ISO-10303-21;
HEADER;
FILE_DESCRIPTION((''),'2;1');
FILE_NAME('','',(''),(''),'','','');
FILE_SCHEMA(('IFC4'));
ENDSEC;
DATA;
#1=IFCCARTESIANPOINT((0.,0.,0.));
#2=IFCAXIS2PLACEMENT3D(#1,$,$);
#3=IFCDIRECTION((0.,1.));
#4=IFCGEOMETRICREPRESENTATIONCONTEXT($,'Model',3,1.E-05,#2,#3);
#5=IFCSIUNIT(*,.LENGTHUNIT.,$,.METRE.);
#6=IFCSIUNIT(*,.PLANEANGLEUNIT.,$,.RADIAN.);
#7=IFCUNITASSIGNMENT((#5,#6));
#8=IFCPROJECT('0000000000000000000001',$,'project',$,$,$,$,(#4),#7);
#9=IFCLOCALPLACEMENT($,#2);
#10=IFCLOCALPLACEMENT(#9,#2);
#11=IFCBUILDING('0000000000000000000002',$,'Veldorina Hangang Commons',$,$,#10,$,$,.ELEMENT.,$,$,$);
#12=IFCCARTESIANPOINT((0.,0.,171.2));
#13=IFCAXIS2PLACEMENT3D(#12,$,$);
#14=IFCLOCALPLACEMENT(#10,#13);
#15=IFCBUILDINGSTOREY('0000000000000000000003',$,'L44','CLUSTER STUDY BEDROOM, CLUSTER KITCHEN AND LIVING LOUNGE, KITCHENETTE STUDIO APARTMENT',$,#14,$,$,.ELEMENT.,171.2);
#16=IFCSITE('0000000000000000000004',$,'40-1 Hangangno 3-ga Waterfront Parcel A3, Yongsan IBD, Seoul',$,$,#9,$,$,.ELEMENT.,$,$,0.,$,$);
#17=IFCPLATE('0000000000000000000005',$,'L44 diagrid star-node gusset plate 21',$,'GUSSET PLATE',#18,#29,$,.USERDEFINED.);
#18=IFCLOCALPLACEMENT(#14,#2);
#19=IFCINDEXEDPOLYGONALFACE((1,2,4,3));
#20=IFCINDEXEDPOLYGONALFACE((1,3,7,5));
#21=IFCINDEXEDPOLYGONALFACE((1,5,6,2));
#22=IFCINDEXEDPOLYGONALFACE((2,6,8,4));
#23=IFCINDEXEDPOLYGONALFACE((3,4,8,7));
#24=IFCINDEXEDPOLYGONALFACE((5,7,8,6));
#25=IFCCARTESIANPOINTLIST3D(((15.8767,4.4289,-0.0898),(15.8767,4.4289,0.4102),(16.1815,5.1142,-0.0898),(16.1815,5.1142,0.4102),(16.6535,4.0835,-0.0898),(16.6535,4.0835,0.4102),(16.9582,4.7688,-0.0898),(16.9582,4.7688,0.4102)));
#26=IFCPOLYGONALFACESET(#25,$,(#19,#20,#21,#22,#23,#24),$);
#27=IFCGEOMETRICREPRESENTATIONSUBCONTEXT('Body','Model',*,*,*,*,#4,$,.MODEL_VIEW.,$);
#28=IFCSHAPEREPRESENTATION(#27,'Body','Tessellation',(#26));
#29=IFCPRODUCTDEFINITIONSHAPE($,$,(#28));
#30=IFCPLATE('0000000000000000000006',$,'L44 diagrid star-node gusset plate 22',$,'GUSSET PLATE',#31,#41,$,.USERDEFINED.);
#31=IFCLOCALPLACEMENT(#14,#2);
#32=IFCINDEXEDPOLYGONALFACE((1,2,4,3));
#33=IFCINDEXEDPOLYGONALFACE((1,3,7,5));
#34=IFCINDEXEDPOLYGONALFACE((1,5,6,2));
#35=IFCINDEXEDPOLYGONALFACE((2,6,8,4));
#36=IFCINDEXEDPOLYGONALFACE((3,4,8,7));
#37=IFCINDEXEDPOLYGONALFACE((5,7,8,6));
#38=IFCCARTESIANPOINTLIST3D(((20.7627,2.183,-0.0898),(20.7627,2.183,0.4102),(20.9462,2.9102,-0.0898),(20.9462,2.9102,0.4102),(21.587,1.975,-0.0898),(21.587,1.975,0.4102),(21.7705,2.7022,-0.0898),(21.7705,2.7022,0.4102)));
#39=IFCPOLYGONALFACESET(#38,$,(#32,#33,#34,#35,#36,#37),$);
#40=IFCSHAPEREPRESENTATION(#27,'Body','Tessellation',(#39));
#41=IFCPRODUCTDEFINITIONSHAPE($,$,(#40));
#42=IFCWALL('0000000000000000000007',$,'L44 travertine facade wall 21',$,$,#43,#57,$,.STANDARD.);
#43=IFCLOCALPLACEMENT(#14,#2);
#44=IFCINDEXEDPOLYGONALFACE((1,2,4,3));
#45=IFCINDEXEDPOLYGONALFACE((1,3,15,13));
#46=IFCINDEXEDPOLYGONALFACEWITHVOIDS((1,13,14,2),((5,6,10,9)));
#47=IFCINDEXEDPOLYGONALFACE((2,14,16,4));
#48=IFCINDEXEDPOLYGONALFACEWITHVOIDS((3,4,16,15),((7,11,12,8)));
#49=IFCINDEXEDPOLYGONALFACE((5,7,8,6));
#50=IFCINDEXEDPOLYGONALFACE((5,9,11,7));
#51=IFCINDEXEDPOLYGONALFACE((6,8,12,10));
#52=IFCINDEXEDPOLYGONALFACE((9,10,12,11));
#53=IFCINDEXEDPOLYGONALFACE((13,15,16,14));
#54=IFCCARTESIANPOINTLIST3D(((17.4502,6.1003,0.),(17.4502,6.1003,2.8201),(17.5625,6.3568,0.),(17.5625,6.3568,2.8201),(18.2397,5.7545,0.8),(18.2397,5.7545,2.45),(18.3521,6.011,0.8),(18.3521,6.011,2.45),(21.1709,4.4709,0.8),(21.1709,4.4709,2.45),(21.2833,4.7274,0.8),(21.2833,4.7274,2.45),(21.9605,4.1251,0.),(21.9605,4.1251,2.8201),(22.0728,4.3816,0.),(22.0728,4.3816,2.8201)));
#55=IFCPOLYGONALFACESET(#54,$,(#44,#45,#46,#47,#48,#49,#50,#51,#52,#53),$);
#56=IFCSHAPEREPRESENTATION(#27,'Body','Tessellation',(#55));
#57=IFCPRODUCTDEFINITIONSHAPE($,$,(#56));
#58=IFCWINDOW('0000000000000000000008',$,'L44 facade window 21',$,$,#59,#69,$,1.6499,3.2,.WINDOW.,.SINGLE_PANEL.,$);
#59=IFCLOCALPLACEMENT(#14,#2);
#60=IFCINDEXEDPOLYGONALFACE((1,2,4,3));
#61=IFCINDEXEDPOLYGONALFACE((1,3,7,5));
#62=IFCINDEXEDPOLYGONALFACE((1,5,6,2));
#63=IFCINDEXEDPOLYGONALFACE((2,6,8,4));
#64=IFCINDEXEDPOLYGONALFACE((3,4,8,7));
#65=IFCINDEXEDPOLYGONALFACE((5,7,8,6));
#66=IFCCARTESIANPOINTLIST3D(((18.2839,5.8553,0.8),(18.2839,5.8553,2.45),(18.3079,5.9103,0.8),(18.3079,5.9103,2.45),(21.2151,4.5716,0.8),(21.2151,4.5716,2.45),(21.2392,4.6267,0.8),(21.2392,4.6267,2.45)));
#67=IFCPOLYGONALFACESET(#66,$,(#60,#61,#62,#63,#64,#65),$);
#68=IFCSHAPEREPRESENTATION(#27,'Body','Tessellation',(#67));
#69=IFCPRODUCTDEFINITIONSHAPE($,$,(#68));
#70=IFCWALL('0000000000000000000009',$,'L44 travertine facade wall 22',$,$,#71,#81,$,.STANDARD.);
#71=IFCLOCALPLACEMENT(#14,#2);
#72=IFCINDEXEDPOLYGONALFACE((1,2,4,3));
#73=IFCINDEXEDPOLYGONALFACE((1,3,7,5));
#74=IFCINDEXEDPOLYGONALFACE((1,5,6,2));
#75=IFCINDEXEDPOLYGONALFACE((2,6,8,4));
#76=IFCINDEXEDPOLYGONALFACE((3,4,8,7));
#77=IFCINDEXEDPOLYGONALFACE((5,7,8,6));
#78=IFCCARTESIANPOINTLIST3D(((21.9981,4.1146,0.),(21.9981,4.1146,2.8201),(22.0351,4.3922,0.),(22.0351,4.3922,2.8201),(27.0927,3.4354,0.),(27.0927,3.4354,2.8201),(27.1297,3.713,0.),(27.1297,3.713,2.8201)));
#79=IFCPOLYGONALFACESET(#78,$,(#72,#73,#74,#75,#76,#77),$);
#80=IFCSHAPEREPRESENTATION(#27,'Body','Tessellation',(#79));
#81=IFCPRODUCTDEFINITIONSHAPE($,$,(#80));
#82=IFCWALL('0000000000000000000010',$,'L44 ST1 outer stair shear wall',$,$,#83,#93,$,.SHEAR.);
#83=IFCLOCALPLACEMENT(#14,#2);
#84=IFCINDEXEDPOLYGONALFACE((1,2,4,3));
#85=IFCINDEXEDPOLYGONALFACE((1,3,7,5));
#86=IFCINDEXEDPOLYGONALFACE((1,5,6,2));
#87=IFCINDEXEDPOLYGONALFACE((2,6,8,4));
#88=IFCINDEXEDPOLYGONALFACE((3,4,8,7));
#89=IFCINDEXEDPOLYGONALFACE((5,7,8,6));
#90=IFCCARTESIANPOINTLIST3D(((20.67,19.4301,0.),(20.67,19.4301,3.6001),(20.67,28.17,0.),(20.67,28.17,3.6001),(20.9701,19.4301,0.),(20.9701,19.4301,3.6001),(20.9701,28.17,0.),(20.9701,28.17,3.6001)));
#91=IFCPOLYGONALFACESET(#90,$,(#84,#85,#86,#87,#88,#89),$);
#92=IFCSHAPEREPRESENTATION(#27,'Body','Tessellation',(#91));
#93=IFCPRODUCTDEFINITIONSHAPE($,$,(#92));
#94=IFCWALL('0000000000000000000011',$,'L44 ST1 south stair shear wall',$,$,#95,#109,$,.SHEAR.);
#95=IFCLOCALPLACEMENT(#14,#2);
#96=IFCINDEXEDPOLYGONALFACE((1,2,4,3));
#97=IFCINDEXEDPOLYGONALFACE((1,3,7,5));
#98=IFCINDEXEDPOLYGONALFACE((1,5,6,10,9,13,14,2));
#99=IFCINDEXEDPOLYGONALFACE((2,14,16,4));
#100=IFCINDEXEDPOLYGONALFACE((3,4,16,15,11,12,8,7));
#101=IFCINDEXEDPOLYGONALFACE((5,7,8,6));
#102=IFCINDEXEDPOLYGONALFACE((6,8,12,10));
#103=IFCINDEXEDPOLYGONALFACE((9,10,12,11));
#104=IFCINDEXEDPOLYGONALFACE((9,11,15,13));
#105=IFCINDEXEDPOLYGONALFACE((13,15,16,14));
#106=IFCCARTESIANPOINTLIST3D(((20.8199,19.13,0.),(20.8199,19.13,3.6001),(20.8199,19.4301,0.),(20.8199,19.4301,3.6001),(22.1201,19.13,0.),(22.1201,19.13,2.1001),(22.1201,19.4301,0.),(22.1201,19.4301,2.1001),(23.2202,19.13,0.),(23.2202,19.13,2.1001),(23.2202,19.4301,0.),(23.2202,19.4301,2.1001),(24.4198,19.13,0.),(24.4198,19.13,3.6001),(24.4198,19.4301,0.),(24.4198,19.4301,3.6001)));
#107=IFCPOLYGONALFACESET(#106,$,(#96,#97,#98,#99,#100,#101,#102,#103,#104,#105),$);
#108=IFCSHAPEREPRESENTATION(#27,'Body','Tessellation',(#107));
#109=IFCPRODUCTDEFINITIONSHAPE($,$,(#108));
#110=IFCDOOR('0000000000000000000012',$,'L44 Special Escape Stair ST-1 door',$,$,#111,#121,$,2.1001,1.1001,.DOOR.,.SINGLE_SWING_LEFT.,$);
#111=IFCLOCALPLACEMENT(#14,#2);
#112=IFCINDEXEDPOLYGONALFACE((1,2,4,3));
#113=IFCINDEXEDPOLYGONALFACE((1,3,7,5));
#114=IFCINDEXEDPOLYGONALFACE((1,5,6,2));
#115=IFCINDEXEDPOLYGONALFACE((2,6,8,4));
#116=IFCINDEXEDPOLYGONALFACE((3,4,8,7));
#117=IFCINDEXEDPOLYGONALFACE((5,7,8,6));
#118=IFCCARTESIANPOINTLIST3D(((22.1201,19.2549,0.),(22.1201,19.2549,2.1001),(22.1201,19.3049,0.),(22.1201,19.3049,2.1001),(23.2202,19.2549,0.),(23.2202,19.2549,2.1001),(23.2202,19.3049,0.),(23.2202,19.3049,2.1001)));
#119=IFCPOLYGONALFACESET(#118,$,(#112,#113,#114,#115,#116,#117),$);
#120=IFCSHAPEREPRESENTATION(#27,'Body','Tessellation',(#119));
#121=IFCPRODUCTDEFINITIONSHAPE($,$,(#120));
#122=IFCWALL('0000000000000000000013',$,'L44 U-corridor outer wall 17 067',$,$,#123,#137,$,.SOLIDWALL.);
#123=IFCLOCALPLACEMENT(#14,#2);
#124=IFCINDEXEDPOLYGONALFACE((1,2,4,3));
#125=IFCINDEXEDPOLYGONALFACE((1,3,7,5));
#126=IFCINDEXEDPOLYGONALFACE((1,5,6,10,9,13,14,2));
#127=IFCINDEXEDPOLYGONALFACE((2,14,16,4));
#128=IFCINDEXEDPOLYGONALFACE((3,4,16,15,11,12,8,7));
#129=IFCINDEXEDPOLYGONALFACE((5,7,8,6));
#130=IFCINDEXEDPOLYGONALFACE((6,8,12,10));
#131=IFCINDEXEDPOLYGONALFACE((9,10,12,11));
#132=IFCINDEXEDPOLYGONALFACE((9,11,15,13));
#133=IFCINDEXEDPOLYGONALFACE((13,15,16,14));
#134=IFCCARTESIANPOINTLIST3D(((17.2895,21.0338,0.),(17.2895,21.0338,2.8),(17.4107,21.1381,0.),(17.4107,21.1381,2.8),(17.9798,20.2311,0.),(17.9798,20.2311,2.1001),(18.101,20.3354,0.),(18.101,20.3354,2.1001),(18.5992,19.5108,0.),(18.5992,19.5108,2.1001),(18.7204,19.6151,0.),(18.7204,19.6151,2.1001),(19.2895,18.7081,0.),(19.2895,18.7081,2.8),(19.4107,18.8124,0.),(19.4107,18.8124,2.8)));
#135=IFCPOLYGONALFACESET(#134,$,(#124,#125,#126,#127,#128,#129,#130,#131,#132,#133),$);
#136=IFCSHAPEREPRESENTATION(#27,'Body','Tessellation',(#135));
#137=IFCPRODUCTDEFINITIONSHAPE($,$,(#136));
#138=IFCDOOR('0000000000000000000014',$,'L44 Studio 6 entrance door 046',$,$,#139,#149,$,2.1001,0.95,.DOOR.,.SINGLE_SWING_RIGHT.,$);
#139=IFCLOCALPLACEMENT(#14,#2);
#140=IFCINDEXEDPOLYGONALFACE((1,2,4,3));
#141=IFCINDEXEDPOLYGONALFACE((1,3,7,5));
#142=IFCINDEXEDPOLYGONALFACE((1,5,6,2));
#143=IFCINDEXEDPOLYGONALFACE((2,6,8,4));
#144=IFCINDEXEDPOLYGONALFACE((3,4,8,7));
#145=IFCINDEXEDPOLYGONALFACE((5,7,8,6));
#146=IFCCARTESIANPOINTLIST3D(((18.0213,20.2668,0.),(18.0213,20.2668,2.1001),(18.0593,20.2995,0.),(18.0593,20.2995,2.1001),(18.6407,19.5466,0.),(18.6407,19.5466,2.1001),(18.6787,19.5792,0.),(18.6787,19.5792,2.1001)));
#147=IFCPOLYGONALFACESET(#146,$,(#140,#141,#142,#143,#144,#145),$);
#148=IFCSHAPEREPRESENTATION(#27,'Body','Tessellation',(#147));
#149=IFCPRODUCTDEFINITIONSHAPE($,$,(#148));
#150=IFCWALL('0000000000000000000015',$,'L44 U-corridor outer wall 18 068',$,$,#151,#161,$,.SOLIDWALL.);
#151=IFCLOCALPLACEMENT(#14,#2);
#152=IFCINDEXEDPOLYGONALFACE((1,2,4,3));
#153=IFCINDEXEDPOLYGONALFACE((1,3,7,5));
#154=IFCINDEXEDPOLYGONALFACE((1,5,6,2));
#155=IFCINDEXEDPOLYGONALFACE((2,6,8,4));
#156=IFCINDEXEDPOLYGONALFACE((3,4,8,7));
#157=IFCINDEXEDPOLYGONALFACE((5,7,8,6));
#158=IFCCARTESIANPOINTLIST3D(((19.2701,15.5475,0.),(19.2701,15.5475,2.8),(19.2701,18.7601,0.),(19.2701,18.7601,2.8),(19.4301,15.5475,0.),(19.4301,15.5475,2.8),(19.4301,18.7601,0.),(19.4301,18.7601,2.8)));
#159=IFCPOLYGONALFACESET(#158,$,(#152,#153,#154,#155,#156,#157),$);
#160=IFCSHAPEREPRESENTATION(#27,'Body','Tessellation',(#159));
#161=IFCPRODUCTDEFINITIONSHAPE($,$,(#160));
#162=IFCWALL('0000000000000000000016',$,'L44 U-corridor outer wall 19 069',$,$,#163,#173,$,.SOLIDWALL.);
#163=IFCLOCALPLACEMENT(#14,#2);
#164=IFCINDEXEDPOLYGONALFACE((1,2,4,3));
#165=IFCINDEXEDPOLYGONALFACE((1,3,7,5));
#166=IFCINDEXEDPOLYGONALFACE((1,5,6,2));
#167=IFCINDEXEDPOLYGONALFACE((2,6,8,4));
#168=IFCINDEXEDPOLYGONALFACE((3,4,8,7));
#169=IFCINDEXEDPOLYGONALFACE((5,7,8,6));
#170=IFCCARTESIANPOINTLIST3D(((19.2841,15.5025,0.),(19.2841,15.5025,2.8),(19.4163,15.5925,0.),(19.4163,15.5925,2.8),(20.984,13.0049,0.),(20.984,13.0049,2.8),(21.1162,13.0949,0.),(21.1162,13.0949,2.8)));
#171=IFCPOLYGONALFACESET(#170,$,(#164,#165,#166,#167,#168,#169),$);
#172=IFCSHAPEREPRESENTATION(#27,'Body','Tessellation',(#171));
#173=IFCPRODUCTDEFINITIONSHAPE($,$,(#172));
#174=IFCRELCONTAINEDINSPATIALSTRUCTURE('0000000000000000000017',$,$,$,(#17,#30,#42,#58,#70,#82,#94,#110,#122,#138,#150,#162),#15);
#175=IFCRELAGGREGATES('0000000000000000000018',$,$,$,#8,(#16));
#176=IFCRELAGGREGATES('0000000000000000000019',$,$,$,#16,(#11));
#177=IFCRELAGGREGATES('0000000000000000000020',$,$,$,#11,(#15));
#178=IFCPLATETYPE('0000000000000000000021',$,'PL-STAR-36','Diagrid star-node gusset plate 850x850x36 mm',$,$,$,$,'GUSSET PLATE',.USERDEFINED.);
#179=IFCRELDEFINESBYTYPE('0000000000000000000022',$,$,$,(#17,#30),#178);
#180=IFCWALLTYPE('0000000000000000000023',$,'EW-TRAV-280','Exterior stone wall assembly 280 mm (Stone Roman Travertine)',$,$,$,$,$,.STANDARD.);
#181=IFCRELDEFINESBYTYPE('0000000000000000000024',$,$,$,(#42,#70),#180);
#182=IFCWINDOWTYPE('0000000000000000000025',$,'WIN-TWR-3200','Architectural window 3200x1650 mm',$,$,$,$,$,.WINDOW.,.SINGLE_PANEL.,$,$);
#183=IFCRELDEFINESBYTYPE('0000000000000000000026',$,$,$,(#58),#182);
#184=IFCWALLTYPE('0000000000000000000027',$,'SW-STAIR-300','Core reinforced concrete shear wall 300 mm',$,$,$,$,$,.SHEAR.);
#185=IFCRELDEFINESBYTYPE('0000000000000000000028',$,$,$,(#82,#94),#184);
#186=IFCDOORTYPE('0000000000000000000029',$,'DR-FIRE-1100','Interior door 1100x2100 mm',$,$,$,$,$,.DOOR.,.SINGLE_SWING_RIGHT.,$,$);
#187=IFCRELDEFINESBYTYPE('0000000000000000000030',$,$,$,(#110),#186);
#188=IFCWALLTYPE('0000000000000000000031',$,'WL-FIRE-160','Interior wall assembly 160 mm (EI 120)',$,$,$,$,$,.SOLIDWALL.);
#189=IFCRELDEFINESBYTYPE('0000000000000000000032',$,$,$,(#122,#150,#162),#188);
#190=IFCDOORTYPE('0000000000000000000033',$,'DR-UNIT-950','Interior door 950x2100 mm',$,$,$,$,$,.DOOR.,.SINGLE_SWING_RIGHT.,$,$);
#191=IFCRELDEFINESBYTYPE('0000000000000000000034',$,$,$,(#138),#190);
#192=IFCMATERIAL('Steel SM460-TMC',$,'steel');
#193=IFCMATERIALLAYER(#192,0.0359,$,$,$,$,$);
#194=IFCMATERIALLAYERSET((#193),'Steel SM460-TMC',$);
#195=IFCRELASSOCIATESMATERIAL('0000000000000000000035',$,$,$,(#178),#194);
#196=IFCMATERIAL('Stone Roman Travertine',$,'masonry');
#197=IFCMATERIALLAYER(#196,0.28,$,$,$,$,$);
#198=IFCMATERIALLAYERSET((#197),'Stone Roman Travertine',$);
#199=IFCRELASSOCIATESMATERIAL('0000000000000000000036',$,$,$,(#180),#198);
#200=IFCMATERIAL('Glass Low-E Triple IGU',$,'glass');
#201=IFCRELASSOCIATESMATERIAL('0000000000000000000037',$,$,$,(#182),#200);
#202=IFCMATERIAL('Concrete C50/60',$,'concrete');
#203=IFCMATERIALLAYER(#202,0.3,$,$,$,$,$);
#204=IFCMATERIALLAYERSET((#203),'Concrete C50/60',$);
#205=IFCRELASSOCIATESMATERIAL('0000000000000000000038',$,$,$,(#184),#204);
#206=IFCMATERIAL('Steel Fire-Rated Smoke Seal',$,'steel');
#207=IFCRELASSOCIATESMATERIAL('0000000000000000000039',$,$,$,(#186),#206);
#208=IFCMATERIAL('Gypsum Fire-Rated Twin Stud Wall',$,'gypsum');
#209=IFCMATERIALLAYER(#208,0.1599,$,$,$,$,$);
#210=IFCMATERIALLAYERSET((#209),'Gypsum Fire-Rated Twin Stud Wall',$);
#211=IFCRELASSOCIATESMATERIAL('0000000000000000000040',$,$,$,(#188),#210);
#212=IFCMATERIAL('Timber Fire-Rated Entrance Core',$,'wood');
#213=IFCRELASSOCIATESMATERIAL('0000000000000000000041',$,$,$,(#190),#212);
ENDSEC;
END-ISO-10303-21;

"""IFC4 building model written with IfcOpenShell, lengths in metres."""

from ifc_helpers import new_model, si_unit, direction, frame, frame_2d, origin, origin_2d, place, context, subcontext, project, spatial, rectangle, extrude, material, layer, layer_set, type_object, element, fill, save


model = new_model("IFC4")

# Units and contexts
model_context = context("Model", 3, precision=1e-05, world=origin(), true_north=direction((0.0, 1.0)))
body_context = subcontext(model_context, "Body", "Model", "MODEL_VIEW")
ifc_project = project(units=[si_unit("LENGTHUNIT", "METRE"), si_unit("PLANEANGLEUNIT", "RADIAN")], contexts=[model_context])

# Site, building, storey
site_placement = place(None, origin())
site = spatial("IfcSite", under=ifc_project, at=site_placement, Name="40-1 Hangangno 3-ga Waterfront Parcel A3, Yongsan IBD, Seoul", CompositionType="ELEMENT", RefElevation=0.0)
building_placement = place(site_placement, origin())
building = spatial("IfcBuilding", under=site, at=building_placement, Name="Veldorina Hangang Commons", CompositionType="ELEMENT")
storey_placement = place(building_placement, frame((0.0, 0.0, 171.2)))
storey = spatial("IfcBuildingStorey", under=building, at=storey_placement, Name="L44", Description="CLUSTER STUDY BEDROOM, CLUSTER KITCHEN AND LIVING LOUNGE, KITCHENETTE STUDIO APARTMENT", CompositionType="ELEMENT", Elevation=171.2)

# Plates
ifc_material_1 = material(Name="Steel SM460-TMC", Category="steel")
ifc_layer_1 = layer(ifc_material_1, 0.0359)
ifc_layer_set_1 = layer_set([ifc_layer_1], Name="Steel SM460-TMC")
plate_type = type_object("IfcPlateType", Name="PL-STAR-36", Description="Diagrid star-node gusset plate 850x850x36 mm", ElementType="GUSSET PLATE", PredefinedType="USERDEFINED", material=ifc_layer_set_1)
for number, where, z_axis, x_axis, name in (
    (1, (16.4175, 4.5989, -0.0898), (0.0, 0.0, 1.0), (0.913737, -0.406306, 0.0), "L44 diagrid star-node gusset plate 21"),
    (2, (21.2666, 2.4426, -0.0898), (0.0, 0.0, 1.0), (0.969595, -0.244715, 0.0), "L44 diagrid star-node gusset plate 22"),
):
    element("IfcPlate", number, at=place(storey_placement, frame(where, z_axis=z_axis, x_axis=x_axis)), inside=storey, type_object=plate_type, Name=name, ObjectType="GUSSET PLATE", PredefinedType="USERDEFINED", context=body_context, shape_type="SweptSolid", body=[
        extrude(rectangle(XDim=0.8501, YDim=0.75, at=origin_2d()), origin(), (0.0, 0.0, 1.0), 0.5),
    ])

# Wall, opening, window
ifc_material_2 = material(Name="Stone Roman Travertine", Category="masonry")
ifc_layer_2 = layer(ifc_material_2, 0.28)
ifc_layer_set_2 = layer_set([ifc_layer_2], Name="Stone Roman Travertine")
wall_type_1 = type_object("IfcWallType", Name="EW-TRAV-280", Description="Exterior stone wall assembly 280 mm (Stone Roman Travertine)", PredefinedType="STANDARD", material=ifc_layer_set_2)
wall_1_placement = place(storey_placement, frame((17.5063, 6.2285, 0.0), z_axis=(0.0, 0.0, 1.0), x_axis=(0.916018, -0.401136, 0.0)))
wall_1 = element("IfcWall", 3, at=wall_1_placement, inside=storey, type_object=wall_type_1, Name="L44 travertine facade wall 21", PredefinedType="STANDARD", context=body_context, shape_type="SweptSolid", body=[
    extrude(rectangle(XDim=4.9238, YDim=0.28, at=frame_2d((2.4619, 0.0))), origin(), (0.0, 0.0, 1.0), 2.8201),
])
opening_1_placement = place(wall_1_placement, frame((0.8618, 0.0, 0.8)))
opening_1 = element("IfcOpeningElement", 4, at=opening_1_placement, cuts=wall_1, PredefinedType="OPENING", context=body_context, shape_type="SweptSolid", body=[
    extrude(rectangle(XDim=3.2, YDim=1.6499, at=frame_2d((1.6001, 0.825))), frame((0.0, 0.1499, 0.0), z_axis=(0.0, -1.0, 0.0), x_axis=(1.0, 0.0, 0.0)), (0.0, 0.0, 1.0), 0.3),
])
ifc_material_3 = material(Name="Glass Low-E Triple IGU", Category="glass")
window_type = type_object("IfcWindowType", Name="WIN-TWR-3200", Description="Architectural window 3200x1650 mm", PartitioningType="SINGLE_PANEL", PredefinedType="WINDOW", material=ifc_material_3)
window_placement = place(opening_1_placement, origin())
window = element("IfcWindow", 5, at=window_placement, inside=storey, type_object=window_type, Name="L44 facade window 21", OverallHeight=1.6499, OverallWidth=3.2, PartitioningType="SINGLE_PANEL", PredefinedType="WINDOW", context=body_context, shape_type="SweptSolid", body=[
    extrude(rectangle(XDim=3.2, YDim=1.6499, at=frame_2d((1.6001, 0.825))), frame((0.0, 0.03, 0.0), z_axis=(0.0, -1.0, 0.0), x_axis=(1.0, 0.0, 0.0)), (0.0, 0.0, 1.0), 0.0601),
])
fill(opening_1, window)

# Walls
wall_2_placement = place(storey_placement, frame((22.0166, 4.2534, 0.0), z_axis=(0.0, 0.0, 1.0), x_axis=(0.99123, -0.132151, 0.0)))
element("IfcWall", 6, at=wall_2_placement, inside=storey, type_object=wall_type_1, Name="L44 travertine facade wall 22", PredefinedType="STANDARD", context=body_context, shape_type="SweptSolid", body=[
    extrude(rectangle(XDim=5.1396, YDim=0.28, at=frame_2d((2.5698, 0.0))), origin(), (0.0, 0.0, 1.0), 2.8201),
])
ifc_material_4 = material(Name="Concrete C50/60", Category="concrete")
ifc_layer_3 = layer(ifc_material_4, 0.3)
ifc_layer_set_3 = layer_set([ifc_layer_3], Name="Concrete C50/60")
wall_type_2 = type_object("IfcWallType", Name="SW-STAIR-300", Description="Core reinforced concrete shear wall 300 mm", PredefinedType="SHEAR", material=ifc_layer_set_3)
wall_3_placement = place(storey_placement, frame((20.8201, 19.4299, 0.0), z_axis=(0.0, 0.0, 1.0), x_axis=(0.0, 1.0, 0.0)))
element("IfcWall", 7, at=wall_3_placement, inside=storey, type_object=wall_type_2, Name="L44 ST1 outer stair shear wall", PredefinedType="SHEAR", context=body_context, shape_type="SweptSolid", body=[
    extrude(rectangle(XDim=8.74, YDim=0.3, at=frame_2d((4.3701, 0.0))), origin(), (0.0, 0.0, 1.0), 3.6001),
])

# Walls, openings, doors
wall_4_placement = place(storey_placement, frame((20.8201, 19.28, 0.0), z_axis=(0.0, 0.0, 1.0), x_axis=(1.0, 0.0, 0.0)))
wall_4 = element("IfcWall", 8, at=wall_4_placement, inside=storey, type_object=wall_type_2, Name="L44 ST1 south stair shear wall", PredefinedType="SHEAR", context=body_context, shape_type="SweptSolid", body=[
    extrude(rectangle(XDim=3.5999, YDim=0.3, at=frame_2d((1.7998, 0.0))), origin(), (0.0, 0.0, 1.0), 3.6001),
])
opening_2_placement = place(wall_4_placement, frame((1.3, 0.0, 0.0)))
opening_2 = element("IfcOpeningElement", 9, at=opening_2_placement, cuts=wall_4, PredefinedType="OPENING", context=body_context, shape_type="SweptSolid", body=[
    extrude(rectangle(XDim=1.1001, YDim=2.1001, at=frame_2d((0.55, 1.05))), frame((0.0, 0.1602, 0.0), z_axis=(0.0, -1.0, 0.0), x_axis=(1.0, 0.0, 0.0)), (0.0, 0.0, 1.0), 0.3201),
])
ifc_material_5 = material(Name="Steel Fire-Rated Smoke Seal", Category="steel")
door_type_1 = type_object("IfcDoorType", Name="DR-FIRE-1100", Description="Interior door 1100x2100 mm", OperationType="SINGLE_SWING_RIGHT", PredefinedType="DOOR", material=ifc_material_5)
door_1_placement = place(opening_2_placement, origin())
door_1 = element("IfcDoor", 10, at=door_1_placement, inside=storey, type_object=door_type_1, Name="L44 Special Escape Stair ST-1 door", OperationType="SINGLE_SWING_LEFT", OverallHeight=2.1001, OverallWidth=1.1001, PredefinedType="DOOR", context=body_context, shape_type="SweptSolid", body=[
    extrude(rectangle(XDim=1.1001, YDim=2.1001, at=frame_2d((0.55, 1.05))), frame((0.0, 0.0249, 0.0), z_axis=(0.0, -1.0, 0.0), x_axis=(1.0, 0.0, 0.0)), (0.0, 0.0, 1.0), 0.05),
])
fill(opening_2, door_1)
ifc_material_6 = material(Name="Gypsum Fire-Rated Twin Stud Wall", Category="gypsum")
ifc_layer_4 = layer(ifc_material_6, 0.1599)
ifc_layer_set_4 = layer_set([ifc_layer_4], Name="Gypsum Fire-Rated Twin Stud Wall")
wall_type_3 = type_object("IfcWallType", Name="WL-FIRE-160", Description="Interior wall assembly 160 mm (EI 120)", PredefinedType="SOLIDWALL", material=ifc_layer_set_4)
wall_5_placement = place(storey_placement, frame((17.3501, 21.0859, 0.0), z_axis=(0.0, 0.0, 1.0), x_axis=(0.652023, -0.758199, 0.0)))
wall_5 = element("IfcWall", 11, at=wall_5_placement, inside=storey, type_object=wall_type_3, Name="L44 U-corridor outer wall 17 067", PredefinedType="SOLIDWALL", context=body_context, shape_type="SweptSolid", body=[
    extrude(rectangle(XDim=3.0674, YDim=0.1599, at=frame_2d((1.5337, 0.0))), origin(), (0.0, 0.0, 1.0), 2.8),
])
opening_3_placement = place(wall_5_placement, frame((1.0586, 0.0, 0.0)))
opening_3 = element("IfcOpeningElement", 12, at=opening_3_placement, cuts=wall_5, PredefinedType="OPENING", context=body_context, shape_type="SweptSolid", body=[
    extrude(rectangle(XDim=0.95, YDim=2.1001, at=frame_2d((0.4751, 1.05))), frame((0.0, 0.0898, 0.0), z_axis=(0.0, -1.0, 0.0), x_axis=(1.0, 0.0, 0.0)), (0.0, 0.0, 1.0), 0.1799),
])
ifc_material_7 = material(Name="Timber Fire-Rated Entrance Core", Category="wood")
door_type_2 = type_object("IfcDoorType", Name="DR-UNIT-950", Description="Interior door 950x2100 mm", OperationType="SINGLE_SWING_RIGHT", PredefinedType="DOOR", material=ifc_material_7)
door_2_placement = place(opening_3_placement, origin())
door_2 = element("IfcDoor", 13, at=door_2_placement, inside=storey, type_object=door_type_2, Name="L44 Studio 6 entrance door 046", OperationType="SINGLE_SWING_RIGHT", OverallHeight=2.1001, OverallWidth=0.95, PredefinedType="DOOR", context=body_context, shape_type="SweptSolid", body=[
    extrude(rectangle(XDim=0.95, YDim=2.1001, at=frame_2d((0.4751, 1.05))), frame((0.0, 0.0249, 0.0), z_axis=(0.0, -1.0, 0.0), x_axis=(1.0, 0.0, 0.0)), (0.0, 0.0, 1.0), 0.05),
])
fill(opening_3, door_2)

# Walls
wall_6_placement = place(storey_placement, frame((19.3501, 18.7603, 0.0), z_axis=(0.0, 0.0, 1.0), x_axis=(0.0, -1.0, 0.0)))
element("IfcWall", 14, at=wall_6_placement, inside=storey, type_object=wall_type_3, Name="L44 U-corridor outer wall 18 068", PredefinedType="SOLIDWALL", context=body_context, shape_type="SweptSolid", body=[
    extrude(rectangle(XDim=3.2126, YDim=0.1599, at=frame_2d((1.6064, 0.0))), origin(), (0.0, 0.0, 1.0), 2.8),
])
wall_7_placement = place(storey_placement, frame((19.3501, 15.5476, 0.0), z_axis=(0.0, 0.0, 1.0), x_axis=(0.562675, -0.826678, 0.0)))
element("IfcWall", 15, at=wall_7_placement, inside=storey, type_object=wall_type_3, Name="L44 U-corridor outer wall 19 069", PredefinedType="SOLIDWALL", context=body_context, shape_type="SweptSolid", body=[
    extrude(rectangle(XDim=3.0212, YDim=0.1599, at=frame_2d((1.5107, 0.0))), origin(), (0.0, 0.0, 1.0), 2.8),
])

save(model, "model.ifc")
